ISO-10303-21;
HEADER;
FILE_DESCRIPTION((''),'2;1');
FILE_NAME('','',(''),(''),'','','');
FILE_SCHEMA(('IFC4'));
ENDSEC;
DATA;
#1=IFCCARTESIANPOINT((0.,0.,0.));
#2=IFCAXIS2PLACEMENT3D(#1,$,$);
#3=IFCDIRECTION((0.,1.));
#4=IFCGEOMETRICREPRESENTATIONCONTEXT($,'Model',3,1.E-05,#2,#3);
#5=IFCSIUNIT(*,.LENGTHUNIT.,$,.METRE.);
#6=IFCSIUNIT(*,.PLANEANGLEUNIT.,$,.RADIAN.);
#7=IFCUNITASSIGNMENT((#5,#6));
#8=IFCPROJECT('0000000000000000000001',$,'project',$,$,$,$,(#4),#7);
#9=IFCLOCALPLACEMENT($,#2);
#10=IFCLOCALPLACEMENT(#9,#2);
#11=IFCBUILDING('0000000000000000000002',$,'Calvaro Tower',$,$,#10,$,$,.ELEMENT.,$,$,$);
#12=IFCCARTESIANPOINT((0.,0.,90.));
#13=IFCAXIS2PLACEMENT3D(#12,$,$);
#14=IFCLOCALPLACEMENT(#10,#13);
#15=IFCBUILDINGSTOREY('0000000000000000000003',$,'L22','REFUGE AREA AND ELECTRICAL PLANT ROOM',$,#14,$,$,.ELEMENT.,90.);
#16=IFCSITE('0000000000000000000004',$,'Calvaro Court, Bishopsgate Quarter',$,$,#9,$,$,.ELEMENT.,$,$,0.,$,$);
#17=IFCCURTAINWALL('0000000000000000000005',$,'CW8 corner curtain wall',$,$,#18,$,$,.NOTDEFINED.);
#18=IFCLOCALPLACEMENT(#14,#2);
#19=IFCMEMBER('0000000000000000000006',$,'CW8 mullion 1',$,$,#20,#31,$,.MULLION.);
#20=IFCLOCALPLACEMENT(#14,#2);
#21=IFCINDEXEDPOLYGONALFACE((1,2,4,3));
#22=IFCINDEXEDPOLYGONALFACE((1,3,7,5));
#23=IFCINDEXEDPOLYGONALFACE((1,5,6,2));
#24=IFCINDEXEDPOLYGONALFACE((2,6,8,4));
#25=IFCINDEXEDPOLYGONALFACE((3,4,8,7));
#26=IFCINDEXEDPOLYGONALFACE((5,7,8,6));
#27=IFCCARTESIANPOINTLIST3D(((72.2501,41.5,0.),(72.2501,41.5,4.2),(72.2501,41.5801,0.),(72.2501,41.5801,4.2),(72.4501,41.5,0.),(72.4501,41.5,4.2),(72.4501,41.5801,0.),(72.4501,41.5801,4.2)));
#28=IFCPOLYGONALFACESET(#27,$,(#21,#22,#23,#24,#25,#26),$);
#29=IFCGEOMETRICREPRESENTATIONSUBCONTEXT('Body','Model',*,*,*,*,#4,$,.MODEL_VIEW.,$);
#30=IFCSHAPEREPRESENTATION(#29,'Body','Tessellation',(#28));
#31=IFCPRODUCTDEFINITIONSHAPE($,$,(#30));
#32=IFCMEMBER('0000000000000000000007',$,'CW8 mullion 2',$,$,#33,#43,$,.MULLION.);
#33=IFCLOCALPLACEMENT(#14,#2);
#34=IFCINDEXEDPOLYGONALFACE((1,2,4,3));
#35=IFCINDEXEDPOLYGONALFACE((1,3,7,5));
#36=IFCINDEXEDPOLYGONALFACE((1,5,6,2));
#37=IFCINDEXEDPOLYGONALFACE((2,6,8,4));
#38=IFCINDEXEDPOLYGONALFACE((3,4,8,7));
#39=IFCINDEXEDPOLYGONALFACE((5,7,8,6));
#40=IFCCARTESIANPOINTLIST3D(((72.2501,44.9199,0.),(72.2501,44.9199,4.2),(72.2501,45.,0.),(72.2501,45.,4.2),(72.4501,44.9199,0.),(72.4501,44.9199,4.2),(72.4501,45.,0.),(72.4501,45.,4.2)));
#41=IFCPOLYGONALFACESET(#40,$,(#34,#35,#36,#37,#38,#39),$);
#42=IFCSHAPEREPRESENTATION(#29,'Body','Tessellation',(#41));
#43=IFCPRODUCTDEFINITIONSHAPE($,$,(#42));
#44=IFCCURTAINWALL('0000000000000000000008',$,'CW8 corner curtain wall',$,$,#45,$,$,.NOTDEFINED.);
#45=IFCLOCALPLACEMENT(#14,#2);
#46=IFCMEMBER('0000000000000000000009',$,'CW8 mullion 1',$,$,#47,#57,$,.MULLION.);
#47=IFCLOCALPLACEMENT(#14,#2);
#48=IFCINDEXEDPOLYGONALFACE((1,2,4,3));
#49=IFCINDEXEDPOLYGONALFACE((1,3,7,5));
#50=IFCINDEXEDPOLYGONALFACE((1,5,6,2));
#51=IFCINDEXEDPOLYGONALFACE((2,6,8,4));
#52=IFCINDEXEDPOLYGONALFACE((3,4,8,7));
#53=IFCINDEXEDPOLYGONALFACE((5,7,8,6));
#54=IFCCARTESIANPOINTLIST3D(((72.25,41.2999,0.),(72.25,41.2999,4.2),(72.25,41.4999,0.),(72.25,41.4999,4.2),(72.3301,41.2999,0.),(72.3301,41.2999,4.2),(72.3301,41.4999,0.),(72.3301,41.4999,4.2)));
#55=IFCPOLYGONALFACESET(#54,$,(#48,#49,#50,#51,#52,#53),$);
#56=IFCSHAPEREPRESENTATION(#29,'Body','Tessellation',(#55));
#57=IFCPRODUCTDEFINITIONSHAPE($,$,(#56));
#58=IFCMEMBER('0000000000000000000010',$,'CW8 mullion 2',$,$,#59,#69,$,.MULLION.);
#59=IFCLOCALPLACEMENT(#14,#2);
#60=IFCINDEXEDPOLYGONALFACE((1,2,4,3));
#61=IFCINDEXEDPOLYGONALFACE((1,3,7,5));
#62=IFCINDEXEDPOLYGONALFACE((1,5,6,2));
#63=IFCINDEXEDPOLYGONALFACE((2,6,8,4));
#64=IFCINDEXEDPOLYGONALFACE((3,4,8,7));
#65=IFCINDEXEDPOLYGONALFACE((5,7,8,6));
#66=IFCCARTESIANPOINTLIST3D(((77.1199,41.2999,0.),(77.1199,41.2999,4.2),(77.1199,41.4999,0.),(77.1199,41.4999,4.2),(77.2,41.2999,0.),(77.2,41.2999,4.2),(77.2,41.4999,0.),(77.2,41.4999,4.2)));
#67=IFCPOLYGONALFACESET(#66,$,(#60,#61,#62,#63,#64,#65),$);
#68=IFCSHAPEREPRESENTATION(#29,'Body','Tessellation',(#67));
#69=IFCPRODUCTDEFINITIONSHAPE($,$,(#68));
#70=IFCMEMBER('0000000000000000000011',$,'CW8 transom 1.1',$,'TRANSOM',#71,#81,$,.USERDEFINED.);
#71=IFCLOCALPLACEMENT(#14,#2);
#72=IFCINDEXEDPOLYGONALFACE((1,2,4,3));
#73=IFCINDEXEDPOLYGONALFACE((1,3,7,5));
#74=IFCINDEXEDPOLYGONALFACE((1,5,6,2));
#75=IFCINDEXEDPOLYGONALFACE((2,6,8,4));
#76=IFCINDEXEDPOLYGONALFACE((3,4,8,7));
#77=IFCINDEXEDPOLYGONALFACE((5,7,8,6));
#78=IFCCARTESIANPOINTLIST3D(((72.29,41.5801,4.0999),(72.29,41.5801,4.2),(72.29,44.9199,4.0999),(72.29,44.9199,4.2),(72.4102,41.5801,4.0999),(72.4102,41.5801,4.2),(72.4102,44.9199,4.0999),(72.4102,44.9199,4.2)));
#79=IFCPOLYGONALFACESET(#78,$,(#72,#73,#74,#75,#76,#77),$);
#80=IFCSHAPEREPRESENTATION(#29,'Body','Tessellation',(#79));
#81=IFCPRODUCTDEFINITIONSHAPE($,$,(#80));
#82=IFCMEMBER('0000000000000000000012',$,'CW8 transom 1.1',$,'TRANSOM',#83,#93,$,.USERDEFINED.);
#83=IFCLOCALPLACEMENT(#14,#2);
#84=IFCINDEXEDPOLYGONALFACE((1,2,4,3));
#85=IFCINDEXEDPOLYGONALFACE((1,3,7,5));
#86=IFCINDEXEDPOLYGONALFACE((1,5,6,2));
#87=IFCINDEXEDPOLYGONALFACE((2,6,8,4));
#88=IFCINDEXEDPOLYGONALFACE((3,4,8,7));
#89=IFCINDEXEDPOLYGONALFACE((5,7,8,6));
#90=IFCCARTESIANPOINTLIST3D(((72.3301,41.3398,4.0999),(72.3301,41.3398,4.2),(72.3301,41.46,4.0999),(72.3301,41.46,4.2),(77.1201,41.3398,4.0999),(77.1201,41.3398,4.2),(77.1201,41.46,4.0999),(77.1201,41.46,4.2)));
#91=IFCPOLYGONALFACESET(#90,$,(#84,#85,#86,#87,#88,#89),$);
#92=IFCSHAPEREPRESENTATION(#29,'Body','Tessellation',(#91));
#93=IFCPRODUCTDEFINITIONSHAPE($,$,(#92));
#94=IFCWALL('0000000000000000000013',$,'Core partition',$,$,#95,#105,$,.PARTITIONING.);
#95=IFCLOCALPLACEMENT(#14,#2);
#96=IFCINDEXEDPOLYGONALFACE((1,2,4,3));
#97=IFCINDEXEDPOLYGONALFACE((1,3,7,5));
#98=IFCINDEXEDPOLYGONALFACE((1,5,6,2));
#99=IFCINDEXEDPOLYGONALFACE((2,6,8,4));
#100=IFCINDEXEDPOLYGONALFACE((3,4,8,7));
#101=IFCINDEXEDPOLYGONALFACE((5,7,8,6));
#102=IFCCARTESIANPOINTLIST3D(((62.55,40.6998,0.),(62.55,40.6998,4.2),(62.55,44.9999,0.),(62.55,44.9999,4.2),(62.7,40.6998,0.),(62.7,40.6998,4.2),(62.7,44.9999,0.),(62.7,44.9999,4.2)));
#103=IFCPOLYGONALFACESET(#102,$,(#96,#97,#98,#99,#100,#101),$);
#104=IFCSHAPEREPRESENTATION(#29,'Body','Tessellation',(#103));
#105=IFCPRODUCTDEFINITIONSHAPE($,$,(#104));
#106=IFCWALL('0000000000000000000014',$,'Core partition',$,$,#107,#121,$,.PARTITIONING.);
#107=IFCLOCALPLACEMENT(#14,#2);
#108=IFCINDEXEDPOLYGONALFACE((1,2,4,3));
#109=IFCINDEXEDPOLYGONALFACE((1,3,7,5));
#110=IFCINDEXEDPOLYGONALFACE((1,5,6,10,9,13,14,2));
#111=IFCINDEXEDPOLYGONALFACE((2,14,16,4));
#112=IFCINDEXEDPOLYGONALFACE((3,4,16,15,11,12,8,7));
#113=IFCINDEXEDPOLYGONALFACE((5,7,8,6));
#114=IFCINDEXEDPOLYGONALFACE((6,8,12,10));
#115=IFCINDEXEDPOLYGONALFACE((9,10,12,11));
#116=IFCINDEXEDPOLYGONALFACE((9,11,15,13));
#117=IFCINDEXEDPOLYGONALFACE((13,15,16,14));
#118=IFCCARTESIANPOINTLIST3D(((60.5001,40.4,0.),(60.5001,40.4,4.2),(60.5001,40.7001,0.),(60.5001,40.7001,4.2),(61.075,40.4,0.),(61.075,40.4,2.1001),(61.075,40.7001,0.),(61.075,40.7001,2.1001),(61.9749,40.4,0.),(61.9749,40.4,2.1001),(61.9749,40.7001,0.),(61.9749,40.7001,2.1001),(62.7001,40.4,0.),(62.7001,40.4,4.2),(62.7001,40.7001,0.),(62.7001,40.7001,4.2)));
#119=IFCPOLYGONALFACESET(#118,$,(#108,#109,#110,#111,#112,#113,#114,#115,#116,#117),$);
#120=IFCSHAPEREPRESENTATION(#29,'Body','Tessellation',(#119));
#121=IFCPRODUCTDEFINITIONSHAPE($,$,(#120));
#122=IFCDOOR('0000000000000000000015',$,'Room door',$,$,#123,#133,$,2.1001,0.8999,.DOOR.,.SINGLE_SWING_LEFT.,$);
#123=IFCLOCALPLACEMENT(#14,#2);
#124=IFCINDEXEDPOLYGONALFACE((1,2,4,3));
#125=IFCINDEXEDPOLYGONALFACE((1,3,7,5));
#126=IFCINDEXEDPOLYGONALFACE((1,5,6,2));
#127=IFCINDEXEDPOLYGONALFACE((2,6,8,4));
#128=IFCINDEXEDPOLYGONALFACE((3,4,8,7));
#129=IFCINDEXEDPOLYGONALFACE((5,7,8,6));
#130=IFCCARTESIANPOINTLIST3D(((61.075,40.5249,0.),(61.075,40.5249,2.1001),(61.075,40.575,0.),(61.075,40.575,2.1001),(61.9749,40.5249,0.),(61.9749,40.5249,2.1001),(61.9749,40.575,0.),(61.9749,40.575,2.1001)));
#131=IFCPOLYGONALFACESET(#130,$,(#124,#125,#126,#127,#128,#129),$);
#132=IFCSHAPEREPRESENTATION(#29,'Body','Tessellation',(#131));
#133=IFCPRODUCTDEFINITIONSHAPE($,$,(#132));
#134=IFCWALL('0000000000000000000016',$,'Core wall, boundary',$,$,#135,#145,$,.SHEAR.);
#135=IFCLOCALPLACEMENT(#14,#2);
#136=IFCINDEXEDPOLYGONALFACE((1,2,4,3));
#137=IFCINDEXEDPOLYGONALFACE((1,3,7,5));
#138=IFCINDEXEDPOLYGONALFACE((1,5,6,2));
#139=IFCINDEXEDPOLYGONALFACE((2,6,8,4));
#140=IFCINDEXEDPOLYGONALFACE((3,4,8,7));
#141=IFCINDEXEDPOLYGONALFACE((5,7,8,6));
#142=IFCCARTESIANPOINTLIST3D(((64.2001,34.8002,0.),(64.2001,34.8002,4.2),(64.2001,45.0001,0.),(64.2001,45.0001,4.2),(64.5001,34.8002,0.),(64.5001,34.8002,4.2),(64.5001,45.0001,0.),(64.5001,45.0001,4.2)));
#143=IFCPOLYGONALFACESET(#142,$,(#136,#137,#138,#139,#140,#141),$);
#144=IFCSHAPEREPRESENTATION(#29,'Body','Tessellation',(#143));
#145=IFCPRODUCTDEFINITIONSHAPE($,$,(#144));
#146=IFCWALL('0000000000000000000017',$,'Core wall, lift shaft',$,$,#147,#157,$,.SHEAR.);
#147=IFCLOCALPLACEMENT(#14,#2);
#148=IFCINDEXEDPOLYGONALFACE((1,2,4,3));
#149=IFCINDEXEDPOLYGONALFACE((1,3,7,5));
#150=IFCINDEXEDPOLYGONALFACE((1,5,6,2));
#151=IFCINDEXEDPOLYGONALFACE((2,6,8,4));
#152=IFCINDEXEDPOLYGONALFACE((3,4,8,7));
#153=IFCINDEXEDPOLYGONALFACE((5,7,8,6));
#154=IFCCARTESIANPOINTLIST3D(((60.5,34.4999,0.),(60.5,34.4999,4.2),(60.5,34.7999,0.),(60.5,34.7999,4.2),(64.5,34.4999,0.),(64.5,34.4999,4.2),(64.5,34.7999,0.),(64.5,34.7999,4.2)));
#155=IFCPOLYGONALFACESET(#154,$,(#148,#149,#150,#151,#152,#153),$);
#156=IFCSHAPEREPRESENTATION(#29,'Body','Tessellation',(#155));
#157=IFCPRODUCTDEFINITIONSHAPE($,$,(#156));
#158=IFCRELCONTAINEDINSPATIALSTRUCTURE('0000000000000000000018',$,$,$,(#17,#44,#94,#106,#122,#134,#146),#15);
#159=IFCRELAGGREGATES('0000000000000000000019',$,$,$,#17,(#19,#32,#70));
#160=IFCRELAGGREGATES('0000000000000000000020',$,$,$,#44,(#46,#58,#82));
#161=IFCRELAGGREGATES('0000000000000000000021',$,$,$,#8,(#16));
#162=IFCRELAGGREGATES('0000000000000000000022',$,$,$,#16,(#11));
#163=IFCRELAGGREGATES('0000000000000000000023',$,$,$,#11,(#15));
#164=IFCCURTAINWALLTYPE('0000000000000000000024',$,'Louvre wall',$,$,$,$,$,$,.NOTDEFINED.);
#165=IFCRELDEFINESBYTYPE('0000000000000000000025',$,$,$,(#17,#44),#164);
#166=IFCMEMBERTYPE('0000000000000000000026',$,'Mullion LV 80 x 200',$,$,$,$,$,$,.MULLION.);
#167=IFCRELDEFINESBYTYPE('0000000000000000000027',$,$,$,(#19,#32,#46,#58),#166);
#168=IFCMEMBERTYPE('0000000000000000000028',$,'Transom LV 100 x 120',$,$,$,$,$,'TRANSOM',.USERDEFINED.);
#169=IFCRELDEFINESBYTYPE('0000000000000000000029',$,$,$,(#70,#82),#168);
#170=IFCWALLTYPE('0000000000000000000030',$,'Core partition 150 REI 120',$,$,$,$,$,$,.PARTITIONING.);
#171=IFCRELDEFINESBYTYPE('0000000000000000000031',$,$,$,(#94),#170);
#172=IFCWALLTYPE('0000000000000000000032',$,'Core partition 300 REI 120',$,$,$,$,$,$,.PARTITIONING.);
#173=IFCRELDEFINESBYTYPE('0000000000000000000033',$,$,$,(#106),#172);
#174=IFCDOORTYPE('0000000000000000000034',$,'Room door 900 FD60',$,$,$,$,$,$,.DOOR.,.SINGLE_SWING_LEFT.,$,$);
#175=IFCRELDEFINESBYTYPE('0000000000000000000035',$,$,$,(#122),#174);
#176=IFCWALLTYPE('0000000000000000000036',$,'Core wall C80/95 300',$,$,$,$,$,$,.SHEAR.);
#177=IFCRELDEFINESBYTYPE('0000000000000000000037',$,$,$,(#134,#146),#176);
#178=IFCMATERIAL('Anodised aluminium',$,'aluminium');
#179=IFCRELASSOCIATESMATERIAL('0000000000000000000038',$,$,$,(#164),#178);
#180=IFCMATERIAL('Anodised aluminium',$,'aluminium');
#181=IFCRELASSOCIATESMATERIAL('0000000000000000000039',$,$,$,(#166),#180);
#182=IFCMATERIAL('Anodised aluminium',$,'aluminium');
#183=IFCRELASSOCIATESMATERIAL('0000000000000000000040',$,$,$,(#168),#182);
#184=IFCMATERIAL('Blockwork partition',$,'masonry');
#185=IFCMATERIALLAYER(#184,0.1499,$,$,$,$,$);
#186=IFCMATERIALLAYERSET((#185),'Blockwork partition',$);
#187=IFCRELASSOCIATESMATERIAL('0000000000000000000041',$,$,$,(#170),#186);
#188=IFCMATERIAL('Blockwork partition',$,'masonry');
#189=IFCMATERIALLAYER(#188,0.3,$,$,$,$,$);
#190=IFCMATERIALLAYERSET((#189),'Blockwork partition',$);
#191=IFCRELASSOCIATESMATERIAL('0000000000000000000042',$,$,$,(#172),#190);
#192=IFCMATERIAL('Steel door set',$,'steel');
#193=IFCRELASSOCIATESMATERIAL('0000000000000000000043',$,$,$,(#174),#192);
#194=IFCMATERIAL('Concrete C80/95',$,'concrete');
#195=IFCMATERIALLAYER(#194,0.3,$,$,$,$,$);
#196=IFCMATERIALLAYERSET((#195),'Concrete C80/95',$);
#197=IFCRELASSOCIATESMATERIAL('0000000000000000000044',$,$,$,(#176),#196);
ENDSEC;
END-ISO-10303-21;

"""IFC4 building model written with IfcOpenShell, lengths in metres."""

from ifc_helpers import new_model, si_unit, direction, frame, frame_2d, origin, origin_2d, place, context, subcontext, project, spatial, rectangle, extrude, material, layer, layer_set, material_profile, profile_set, type_object, element, fill, aggregate, save


model = new_model("IFC4")

# Units and contexts
model_context = context("Model", 3, precision=1e-05, world=origin(), true_north=direction((0.0, 1.0)))
body_context = subcontext(model_context, "Body", "Model", "MODEL_VIEW")
ifc_project = project(units=[si_unit("LENGTHUNIT", "METRE"), si_unit("PLANEANGLEUNIT", "RADIAN")], contexts=[model_context])

# Site, building, storey
site_placement = place(None, origin())
site = spatial("IfcSite", under=ifc_project, at=site_placement, Name="Calvaro Court, Bishopsgate Quarter", CompositionType="ELEMENT", RefElevation=0.0)
building_placement = place(site_placement, origin())
building = spatial("IfcBuilding", under=site, at=building_placement, Name="Calvaro Tower", CompositionType="ELEMENT")
storey_placement = place(building_placement, frame((0.0, 0.0, 90.0)))
storey = spatial("IfcBuildingStorey", under=building, at=storey_placement, Name="L22", Description="REFUGE AREA AND ELECTRICAL PLANT ROOM", CompositionType="ELEMENT", Elevation=90.0)

# Curtain walls, members
ifc_material_1 = material(Name="Anodised aluminium", Category="aluminium")
curtain_wall_type = type_object("IfcCurtainWallType", Name="Louvre wall", PredefinedType="NOTDEFINED", material=ifc_material_1)
curtain_wall_1_placement = place(storey_placement, origin())
curtain_wall_1 = element("IfcCurtainWall", 1, at=curtain_wall_1_placement, inside=storey, type_object=curtain_wall_type, Name="CW8 corner curtain wall", PredefinedType="NOTDEFINED")
ifc_material_2 = material(Name="Anodised aluminium", Category="aluminium")
ifc_material_profile_1 = material_profile(ifc_material_2, rectangle(XDim=0.2, YDim=0.0801, at=origin_2d()), Name="Mullion LV 80 x 200")
ifc_profile_set_1 = profile_set([ifc_material_profile_1], Name="Anodised aluminium")
member_type_1 = type_object("IfcMemberType", Name="Mullion LV 80 x 200", PredefinedType="MULLION", material=ifc_profile_set_1)
member_1_placement = place(storey_placement, frame((72.3501, 41.54, 0.0), z_axis=(0.0, 0.0, 1.0), x_axis=(-1.0, 0.0, 0.0)))
member_1 = element("IfcMember", 2, at=member_1_placement, type_object=member_type_1, Name="CW8 mullion 1", PredefinedType="MULLION", context=body_context, shape_type="SweptSolid", body=[
    extrude(rectangle(XDim=0.2, YDim=0.0801, at=origin_2d()), origin(), (0.0, 0.0, 1.0), 4.2),
])
member_2_placement = place(storey_placement, frame((72.3501, 44.96, 0.0), z_axis=(0.0, 0.0, 1.0), x_axis=(-1.0, 0.0, 0.0)))
member_2 = element("IfcMember", 3, at=member_2_placement, type_object=member_type_1, Name="CW8 mullion 2", PredefinedType="MULLION", context=body_context, shape_type="SweptSolid", body=[
    extrude(rectangle(XDim=0.2, YDim=0.0801, at=origin_2d()), origin(), (0.0, 0.0, 1.0), 4.2),
])
curtain_wall_2_placement = place(storey_placement, origin())
curtain_wall_2 = element("IfcCurtainWall", 4, at=curtain_wall_2_placement, inside=storey, type_object=curtain_wall_type, Name="CW8 corner curtain wall", PredefinedType="NOTDEFINED")
member_3_placement = place(storey_placement, frame((72.29, 41.3999, 0.0), z_axis=(0.0, 0.0, 1.0), x_axis=(0.0, 1.0, 0.0)))
member_3 = element("IfcMember", 5, at=member_3_placement, type_object=member_type_1, Name="CW8 mullion 1", PredefinedType="MULLION", context=body_context, shape_type="SweptSolid", body=[
    extrude(rectangle(XDim=0.2, YDim=0.0801, at=origin_2d()), origin(), (0.0, 0.0, 1.0), 4.2),
])
member_4_placement = place(storey_placement, frame((77.1599, 41.3999, 0.0), z_axis=(0.0, 0.0, 1.0), x_axis=(0.0, 1.0, 0.0)))
member_4 = element("IfcMember", 6, at=member_4_placement, type_object=member_type_1, Name="CW8 mullion 2", PredefinedType="MULLION", context=body_context, shape_type="SweptSolid", body=[
    extrude(rectangle(XDim=0.2, YDim=0.0801, at=origin_2d()), origin(), (0.0, 0.0, 1.0), 4.2),
])

# Members
ifc_material_3 = material(Name="Anodised aluminium", Category="aluminium")
ifc_material_profile_2 = material_profile(ifc_material_3, rectangle(XDim=0.1201, YDim=0.1001, at=origin_2d()), Name="Transom LV 100 x 120")
ifc_profile_set_2 = profile_set([ifc_material_profile_2], Name="Anodised aluminium")
member_type_2 = type_object("IfcMemberType", Name="Transom LV 100 x 120", ElementType="TRANSOM", PredefinedType="USERDEFINED", material=ifc_profile_set_2)
member_5_placement = place(storey_placement, frame((72.3501, 41.5801, 4.1499), z_axis=(0.0, 1.0, 0.0), x_axis=(-1.0, 0.0, 0.0)))
member_5 = element("IfcMember", 7, at=member_5_placement, type_object=member_type_2, Name="CW8 transom 1.1", ObjectType="TRANSOM", PredefinedType="USERDEFINED", context=body_context, shape_type="SweptSolid", body=[
    extrude(rectangle(XDim=0.1201, YDim=0.1001, at=origin_2d()), origin(), (0.0, 0.0, 1.0), 3.3398),
])
member_6_placement = place(storey_placement, frame((72.3301, 41.3999, 4.1499), z_axis=(1.0, 0.0, 0.0), x_axis=(0.0, 1.0, 0.0)))
member_6 = element("IfcMember", 8, at=member_6_placement, type_object=member_type_2, Name="CW8 transom 1.1", ObjectType="TRANSOM", PredefinedType="USERDEFINED", context=body_context, shape_type="SweptSolid", body=[
    extrude(rectangle(XDim=0.1201, YDim=0.1001, at=origin_2d()), origin(), (0.0, 0.0, 1.0), 4.79),
])

# Wall
ifc_material_4 = material(Name="Blockwork partition", Category="masonry")
ifc_layer_1 = layer(ifc_material_4, 0.1499)
ifc_layer_set_1 = layer_set([ifc_layer_1], Name="Blockwork partition")
wall_type_1 = type_object("IfcWallType", Name="Core partition 150 REI 120", PredefinedType="PARTITIONING", material=ifc_layer_set_1)
wall_1_placement = place(storey_placement, frame((62.625, 40.7, 0.0), z_axis=(0.0, 0.0, 1.0), x_axis=(0.0, 1.0, 0.0)))
element("IfcWall", 9, at=wall_1_placement, inside=storey, type_object=wall_type_1, Name="Core partition", PredefinedType="PARTITIONING", context=body_context, shape_type="SweptSolid", body=[
    extrude(rectangle(XDim=4.3, YDim=0.1499, at=frame_2d((2.1499, 0.0))), origin(), (0.0, 0.0, 1.0), 4.2),
])

# Wall, opening, door
ifc_material_5 = material(Name="Blockwork partition", Category="masonry")
ifc_layer_2 = layer(ifc_material_5, 0.3)
ifc_layer_set_2 = layer_set([ifc_layer_2], Name="Blockwork partition")
wall_type_2 = type_object("IfcWallType", Name="Core partition 300 REI 120", PredefinedType="PARTITIONING", material=ifc_layer_set_2)
wall_2_placement = place(storey_placement, frame((60.5, 40.55, 0.0), z_axis=(0.0, 0.0, 1.0), x_axis=(1.0, 0.0, 0.0)))
wall_2 = element("IfcWall", 10, at=wall_2_placement, inside=storey, type_object=wall_type_2, Name="Core partition", PredefinedType="PARTITIONING", context=body_context, shape_type="SweptSolid", body=[
    extrude(rectangle(XDim=2.2, YDim=0.3, at=frame_2d((1.1001, 0.0))), origin(), (0.0, 0.0, 1.0), 4.2),
])
opening_1_placement = place(wall_2_placement, frame((0.575, 0.0, 0.0)))
opening_1 = element("IfcOpeningElement", 11, at=opening_1_placement, cuts=wall_2, PredefinedType="OPENING", context=body_context, shape_type="SweptSolid", body=[
    extrude(rectangle(XDim=0.8999, YDim=2.1001, at=frame_2d((0.45, 1.05))), frame((0.0, 0.1599, 0.0), z_axis=(0.0, -1.0, 0.0), x_axis=(1.0, 0.0, 0.0)), (0.0, 0.0, 1.0), 0.3201),
])
ifc_material_6 = material(Name="Steel door set", Category="steel")
door_type_1 = type_object("IfcDoorType", Name="Room door 900 FD60", OperationType="SINGLE_SWING_LEFT", PredefinedType="DOOR", material=ifc_material_6)
door_1_placement = place(opening_1_placement, origin())
door_1 = element("IfcDoor", 12, at=door_1_placement, inside=storey, type_object=door_type_1, Name="Room door", OperationType="SINGLE_SWING_LEFT", OverallHeight=2.1001, OverallWidth=0.8999, PredefinedType="DOOR", context=body_context, shape_type="SweptSolid", body=[
    extrude(rectangle(XDim=0.8999, YDim=2.1001, at=frame_2d((0.45, 1.05))), frame((0.0, 0.0249, 0.0), z_axis=(0.0, -1.0, 0.0), x_axis=(1.0, 0.0, 0.0)), (0.0, 0.0, 1.0), 0.05),
])
fill(opening_1, door_1)

# Walls
ifc_material_7 = material(Name="Concrete C80/95", Category="concrete")
ifc_layer_3 = layer(ifc_material_7, 0.3)
ifc_layer_set_3 = layer_set([ifc_layer_3], Name="Concrete C80/95")
wall_type_3 = type_object("IfcWallType", Name="Core wall C80/95 300", PredefinedType="SHEAR", material=ifc_layer_set_3)
wall_3_placement = place(storey_placement, frame((64.3501, 34.8, 0.0), z_axis=(0.0, 0.0, 1.0), x_axis=(0.0, 1.0, 0.0)))
element("IfcWall", 13, at=wall_3_placement, inside=storey, type_object=wall_type_3, Name="Core wall, boundary", PredefinedType="SHEAR", context=body_context, shape_type="SweptSolid", body=[
    extrude(rectangle(XDim=10.2, YDim=0.3, at=frame_2d((5.1001, 0.0))), origin(), (0.0, 0.0, 1.0), 4.2),
])
wall_4_placement = place(storey_placement, frame((60.5, 34.6499, 0.0), z_axis=(0.0, 0.0, 1.0), x_axis=(1.0, 0.0, 0.0)))
element("IfcWall", 14, at=wall_4_placement, inside=storey, type_object=wall_type_3, Name="Core wall, lift shaft", PredefinedType="SHEAR", context=body_context, shape_type="SweptSolid", body=[
    extrude(rectangle(XDim=4.0, YDim=0.3, at=frame_2d((2.0, 0.0))), origin(), (0.0, 0.0, 1.0), 4.2),
])

aggregate(curtain_wall_1, [member_1, member_2, member_5])
aggregate(curtain_wall_2, [member_3, member_4, member_6])

save(model, "model.ifc")
